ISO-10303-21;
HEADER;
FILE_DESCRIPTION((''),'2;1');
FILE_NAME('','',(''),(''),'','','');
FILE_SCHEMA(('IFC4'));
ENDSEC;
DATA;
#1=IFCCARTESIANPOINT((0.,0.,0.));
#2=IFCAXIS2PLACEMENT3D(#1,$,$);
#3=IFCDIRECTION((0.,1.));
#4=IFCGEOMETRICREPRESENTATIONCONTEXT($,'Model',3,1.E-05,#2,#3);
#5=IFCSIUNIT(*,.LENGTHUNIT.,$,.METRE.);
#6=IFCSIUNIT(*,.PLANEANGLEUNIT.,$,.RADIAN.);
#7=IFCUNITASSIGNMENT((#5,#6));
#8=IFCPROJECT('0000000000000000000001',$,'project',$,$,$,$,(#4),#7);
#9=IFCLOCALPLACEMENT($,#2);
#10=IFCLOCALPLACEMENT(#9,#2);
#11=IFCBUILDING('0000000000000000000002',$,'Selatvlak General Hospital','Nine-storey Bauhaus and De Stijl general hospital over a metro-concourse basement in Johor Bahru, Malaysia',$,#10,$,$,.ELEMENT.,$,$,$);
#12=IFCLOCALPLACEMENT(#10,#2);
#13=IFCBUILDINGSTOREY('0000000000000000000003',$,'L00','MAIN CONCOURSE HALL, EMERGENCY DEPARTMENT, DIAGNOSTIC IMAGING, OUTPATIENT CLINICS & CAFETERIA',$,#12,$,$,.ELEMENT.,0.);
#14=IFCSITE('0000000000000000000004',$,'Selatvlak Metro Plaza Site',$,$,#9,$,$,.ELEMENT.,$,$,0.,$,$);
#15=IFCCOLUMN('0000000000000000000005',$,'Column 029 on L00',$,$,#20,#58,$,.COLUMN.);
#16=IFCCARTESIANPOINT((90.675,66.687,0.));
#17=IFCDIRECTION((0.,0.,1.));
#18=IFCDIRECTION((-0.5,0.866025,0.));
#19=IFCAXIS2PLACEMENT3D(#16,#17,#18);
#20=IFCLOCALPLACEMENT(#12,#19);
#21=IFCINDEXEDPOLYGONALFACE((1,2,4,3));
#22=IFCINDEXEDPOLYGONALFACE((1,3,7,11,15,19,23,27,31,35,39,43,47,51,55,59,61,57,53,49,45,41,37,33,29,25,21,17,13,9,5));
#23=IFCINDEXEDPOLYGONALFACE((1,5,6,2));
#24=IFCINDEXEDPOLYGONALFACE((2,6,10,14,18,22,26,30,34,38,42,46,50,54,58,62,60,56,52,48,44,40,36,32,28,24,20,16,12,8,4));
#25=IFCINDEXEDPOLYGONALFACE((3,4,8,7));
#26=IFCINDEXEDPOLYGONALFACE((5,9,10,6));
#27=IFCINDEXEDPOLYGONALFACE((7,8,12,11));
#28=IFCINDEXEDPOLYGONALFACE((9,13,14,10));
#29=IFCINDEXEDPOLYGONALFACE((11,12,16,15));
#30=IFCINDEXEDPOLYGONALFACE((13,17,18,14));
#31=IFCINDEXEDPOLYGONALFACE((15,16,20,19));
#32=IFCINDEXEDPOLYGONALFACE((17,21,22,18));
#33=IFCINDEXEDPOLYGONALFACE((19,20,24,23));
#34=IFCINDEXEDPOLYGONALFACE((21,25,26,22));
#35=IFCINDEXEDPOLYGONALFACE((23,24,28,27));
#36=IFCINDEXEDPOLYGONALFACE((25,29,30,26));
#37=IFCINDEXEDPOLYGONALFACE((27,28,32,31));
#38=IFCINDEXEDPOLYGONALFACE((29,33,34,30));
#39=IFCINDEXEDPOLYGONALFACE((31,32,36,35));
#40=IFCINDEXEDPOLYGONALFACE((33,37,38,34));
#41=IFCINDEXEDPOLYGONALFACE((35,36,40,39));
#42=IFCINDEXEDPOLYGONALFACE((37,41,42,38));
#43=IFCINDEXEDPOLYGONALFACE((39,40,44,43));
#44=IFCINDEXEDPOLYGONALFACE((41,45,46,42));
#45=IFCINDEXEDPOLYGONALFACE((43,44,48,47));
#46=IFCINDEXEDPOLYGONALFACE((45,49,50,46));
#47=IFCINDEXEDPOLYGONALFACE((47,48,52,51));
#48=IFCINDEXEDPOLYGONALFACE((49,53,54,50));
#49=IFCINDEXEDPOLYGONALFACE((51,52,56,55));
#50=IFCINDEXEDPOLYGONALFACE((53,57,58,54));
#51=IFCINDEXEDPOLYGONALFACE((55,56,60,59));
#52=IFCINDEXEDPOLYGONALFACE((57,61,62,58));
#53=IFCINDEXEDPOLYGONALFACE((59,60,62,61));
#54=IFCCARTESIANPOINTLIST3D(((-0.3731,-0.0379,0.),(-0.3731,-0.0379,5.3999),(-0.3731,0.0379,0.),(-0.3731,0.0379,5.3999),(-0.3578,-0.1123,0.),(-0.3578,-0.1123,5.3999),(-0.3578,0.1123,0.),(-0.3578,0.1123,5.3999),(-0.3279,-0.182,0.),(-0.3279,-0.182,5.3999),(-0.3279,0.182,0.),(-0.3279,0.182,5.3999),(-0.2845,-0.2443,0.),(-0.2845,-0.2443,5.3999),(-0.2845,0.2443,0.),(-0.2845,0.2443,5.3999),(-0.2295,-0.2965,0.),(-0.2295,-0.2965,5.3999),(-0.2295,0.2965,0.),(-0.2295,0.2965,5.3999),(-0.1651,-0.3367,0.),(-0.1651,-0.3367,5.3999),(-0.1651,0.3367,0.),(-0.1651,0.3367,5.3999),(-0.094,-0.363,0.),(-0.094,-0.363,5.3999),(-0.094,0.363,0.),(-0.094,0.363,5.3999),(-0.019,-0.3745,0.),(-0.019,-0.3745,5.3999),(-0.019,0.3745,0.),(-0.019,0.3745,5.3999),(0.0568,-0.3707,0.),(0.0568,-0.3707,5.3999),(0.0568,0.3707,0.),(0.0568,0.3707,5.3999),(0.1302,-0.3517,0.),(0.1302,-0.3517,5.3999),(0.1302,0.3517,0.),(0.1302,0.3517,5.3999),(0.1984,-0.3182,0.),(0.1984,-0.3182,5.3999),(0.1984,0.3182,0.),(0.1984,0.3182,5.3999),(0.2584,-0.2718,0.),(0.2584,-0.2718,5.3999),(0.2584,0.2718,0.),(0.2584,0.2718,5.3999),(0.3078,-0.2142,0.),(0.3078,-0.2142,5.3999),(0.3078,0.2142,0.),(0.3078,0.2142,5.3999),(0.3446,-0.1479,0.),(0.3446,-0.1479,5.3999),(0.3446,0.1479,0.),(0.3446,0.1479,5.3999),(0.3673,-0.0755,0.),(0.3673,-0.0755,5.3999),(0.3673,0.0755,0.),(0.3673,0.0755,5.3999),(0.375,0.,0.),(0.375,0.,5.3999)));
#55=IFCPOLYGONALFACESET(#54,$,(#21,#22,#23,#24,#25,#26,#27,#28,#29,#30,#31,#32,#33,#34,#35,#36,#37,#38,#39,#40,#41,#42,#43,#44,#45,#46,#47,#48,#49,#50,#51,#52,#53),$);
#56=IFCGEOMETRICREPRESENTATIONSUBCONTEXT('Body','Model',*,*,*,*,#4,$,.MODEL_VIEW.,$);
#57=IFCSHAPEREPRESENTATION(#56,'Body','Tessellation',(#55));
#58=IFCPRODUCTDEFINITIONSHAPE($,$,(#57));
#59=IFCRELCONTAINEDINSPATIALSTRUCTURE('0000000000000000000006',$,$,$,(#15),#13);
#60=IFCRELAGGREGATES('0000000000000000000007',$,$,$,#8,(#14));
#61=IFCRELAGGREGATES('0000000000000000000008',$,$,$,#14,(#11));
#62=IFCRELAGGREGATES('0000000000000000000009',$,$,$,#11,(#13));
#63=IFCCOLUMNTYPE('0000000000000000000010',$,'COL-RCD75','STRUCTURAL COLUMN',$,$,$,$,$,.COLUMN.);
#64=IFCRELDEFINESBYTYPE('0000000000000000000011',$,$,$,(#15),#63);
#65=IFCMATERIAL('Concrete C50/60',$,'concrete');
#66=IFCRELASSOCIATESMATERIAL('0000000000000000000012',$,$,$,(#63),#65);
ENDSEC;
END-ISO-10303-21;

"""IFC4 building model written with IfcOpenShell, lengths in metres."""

from ifc_helpers import new_model, si_unit, direction, frame, origin, origin_2d, place, context, subcontext, project, spatial, circle, extrude, material, material_profile, profile_set, type_object, element, save


model = new_model("IFC4")

# Units and contexts
model_context = context("Model", 3, precision=1e-05, world=origin(), true_north=direction((0.0, 1.0)))
body_context = subcontext(model_context, "Body", "Model", "MODEL_VIEW")
ifc_project = project(units=[si_unit("LENGTHUNIT", "METRE"), si_unit("PLANEANGLEUNIT", "RADIAN")], contexts=[model_context])

# Site, building, storey
site_placement = place(None, origin())
site = spatial("IfcSite", under=ifc_project, at=site_placement, Name="Selatvlak Metro Plaza Site", CompositionType="ELEMENT", RefElevation=0.0)
building_placement = place(site_placement, origin())
building = spatial("IfcBuilding", under=site, at=building_placement, Name="Selatvlak General Hospital", Description="Nine-storey Bauhaus and De Stijl general hospital over a metro-concourse basement in Johor Bahru, Malaysia", CompositionType="ELEMENT")
storey_placement = place(building_placement, origin())
storey = spatial("IfcBuildingStorey", under=building, at=storey_placement, Name="L00", Description="MAIN CONCOURSE HALL, EMERGENCY DEPARTMENT, DIAGNOSTIC IMAGING, OUTPATIENT CLINICS & CAFETERIA", CompositionType="ELEMENT", Elevation=0.0)

# Column
ifc_material_1 = material(Name="Concrete C50/60", Category="concrete")
ifc_material_profile_1 = material_profile(ifc_material_1, circle(Radius=0.375, at=origin_2d()), Name="RC-COL D750")
ifc_profile_set_1 = profile_set([ifc_material_profile_1], Name="Concrete C50/60")
column_type = type_object("IfcColumnType", Name="COL-RCD75", Description="STRUCTURAL COLUMN", PredefinedType="COLUMN", material=ifc_profile_set_1)
column_placement = place(storey_placement, frame((90.675, 66.687, 0.0), z_axis=(0.0, 0.0, 1.0), x_axis=(-0.5, 0.866025, 0.0)))
element("IfcColumn", 1, at=column_placement, inside=storey, type_object=column_type, Name="Column 029 on L00", PredefinedType="COLUMN", context=body_context, shape_type="SweptSolid", body=[
    extrude(circle(Radius=0.375, at=origin_2d()), origin(), (0.0, 0.0, 1.0), 5.3999),
])

save(model, "model.ifc")
